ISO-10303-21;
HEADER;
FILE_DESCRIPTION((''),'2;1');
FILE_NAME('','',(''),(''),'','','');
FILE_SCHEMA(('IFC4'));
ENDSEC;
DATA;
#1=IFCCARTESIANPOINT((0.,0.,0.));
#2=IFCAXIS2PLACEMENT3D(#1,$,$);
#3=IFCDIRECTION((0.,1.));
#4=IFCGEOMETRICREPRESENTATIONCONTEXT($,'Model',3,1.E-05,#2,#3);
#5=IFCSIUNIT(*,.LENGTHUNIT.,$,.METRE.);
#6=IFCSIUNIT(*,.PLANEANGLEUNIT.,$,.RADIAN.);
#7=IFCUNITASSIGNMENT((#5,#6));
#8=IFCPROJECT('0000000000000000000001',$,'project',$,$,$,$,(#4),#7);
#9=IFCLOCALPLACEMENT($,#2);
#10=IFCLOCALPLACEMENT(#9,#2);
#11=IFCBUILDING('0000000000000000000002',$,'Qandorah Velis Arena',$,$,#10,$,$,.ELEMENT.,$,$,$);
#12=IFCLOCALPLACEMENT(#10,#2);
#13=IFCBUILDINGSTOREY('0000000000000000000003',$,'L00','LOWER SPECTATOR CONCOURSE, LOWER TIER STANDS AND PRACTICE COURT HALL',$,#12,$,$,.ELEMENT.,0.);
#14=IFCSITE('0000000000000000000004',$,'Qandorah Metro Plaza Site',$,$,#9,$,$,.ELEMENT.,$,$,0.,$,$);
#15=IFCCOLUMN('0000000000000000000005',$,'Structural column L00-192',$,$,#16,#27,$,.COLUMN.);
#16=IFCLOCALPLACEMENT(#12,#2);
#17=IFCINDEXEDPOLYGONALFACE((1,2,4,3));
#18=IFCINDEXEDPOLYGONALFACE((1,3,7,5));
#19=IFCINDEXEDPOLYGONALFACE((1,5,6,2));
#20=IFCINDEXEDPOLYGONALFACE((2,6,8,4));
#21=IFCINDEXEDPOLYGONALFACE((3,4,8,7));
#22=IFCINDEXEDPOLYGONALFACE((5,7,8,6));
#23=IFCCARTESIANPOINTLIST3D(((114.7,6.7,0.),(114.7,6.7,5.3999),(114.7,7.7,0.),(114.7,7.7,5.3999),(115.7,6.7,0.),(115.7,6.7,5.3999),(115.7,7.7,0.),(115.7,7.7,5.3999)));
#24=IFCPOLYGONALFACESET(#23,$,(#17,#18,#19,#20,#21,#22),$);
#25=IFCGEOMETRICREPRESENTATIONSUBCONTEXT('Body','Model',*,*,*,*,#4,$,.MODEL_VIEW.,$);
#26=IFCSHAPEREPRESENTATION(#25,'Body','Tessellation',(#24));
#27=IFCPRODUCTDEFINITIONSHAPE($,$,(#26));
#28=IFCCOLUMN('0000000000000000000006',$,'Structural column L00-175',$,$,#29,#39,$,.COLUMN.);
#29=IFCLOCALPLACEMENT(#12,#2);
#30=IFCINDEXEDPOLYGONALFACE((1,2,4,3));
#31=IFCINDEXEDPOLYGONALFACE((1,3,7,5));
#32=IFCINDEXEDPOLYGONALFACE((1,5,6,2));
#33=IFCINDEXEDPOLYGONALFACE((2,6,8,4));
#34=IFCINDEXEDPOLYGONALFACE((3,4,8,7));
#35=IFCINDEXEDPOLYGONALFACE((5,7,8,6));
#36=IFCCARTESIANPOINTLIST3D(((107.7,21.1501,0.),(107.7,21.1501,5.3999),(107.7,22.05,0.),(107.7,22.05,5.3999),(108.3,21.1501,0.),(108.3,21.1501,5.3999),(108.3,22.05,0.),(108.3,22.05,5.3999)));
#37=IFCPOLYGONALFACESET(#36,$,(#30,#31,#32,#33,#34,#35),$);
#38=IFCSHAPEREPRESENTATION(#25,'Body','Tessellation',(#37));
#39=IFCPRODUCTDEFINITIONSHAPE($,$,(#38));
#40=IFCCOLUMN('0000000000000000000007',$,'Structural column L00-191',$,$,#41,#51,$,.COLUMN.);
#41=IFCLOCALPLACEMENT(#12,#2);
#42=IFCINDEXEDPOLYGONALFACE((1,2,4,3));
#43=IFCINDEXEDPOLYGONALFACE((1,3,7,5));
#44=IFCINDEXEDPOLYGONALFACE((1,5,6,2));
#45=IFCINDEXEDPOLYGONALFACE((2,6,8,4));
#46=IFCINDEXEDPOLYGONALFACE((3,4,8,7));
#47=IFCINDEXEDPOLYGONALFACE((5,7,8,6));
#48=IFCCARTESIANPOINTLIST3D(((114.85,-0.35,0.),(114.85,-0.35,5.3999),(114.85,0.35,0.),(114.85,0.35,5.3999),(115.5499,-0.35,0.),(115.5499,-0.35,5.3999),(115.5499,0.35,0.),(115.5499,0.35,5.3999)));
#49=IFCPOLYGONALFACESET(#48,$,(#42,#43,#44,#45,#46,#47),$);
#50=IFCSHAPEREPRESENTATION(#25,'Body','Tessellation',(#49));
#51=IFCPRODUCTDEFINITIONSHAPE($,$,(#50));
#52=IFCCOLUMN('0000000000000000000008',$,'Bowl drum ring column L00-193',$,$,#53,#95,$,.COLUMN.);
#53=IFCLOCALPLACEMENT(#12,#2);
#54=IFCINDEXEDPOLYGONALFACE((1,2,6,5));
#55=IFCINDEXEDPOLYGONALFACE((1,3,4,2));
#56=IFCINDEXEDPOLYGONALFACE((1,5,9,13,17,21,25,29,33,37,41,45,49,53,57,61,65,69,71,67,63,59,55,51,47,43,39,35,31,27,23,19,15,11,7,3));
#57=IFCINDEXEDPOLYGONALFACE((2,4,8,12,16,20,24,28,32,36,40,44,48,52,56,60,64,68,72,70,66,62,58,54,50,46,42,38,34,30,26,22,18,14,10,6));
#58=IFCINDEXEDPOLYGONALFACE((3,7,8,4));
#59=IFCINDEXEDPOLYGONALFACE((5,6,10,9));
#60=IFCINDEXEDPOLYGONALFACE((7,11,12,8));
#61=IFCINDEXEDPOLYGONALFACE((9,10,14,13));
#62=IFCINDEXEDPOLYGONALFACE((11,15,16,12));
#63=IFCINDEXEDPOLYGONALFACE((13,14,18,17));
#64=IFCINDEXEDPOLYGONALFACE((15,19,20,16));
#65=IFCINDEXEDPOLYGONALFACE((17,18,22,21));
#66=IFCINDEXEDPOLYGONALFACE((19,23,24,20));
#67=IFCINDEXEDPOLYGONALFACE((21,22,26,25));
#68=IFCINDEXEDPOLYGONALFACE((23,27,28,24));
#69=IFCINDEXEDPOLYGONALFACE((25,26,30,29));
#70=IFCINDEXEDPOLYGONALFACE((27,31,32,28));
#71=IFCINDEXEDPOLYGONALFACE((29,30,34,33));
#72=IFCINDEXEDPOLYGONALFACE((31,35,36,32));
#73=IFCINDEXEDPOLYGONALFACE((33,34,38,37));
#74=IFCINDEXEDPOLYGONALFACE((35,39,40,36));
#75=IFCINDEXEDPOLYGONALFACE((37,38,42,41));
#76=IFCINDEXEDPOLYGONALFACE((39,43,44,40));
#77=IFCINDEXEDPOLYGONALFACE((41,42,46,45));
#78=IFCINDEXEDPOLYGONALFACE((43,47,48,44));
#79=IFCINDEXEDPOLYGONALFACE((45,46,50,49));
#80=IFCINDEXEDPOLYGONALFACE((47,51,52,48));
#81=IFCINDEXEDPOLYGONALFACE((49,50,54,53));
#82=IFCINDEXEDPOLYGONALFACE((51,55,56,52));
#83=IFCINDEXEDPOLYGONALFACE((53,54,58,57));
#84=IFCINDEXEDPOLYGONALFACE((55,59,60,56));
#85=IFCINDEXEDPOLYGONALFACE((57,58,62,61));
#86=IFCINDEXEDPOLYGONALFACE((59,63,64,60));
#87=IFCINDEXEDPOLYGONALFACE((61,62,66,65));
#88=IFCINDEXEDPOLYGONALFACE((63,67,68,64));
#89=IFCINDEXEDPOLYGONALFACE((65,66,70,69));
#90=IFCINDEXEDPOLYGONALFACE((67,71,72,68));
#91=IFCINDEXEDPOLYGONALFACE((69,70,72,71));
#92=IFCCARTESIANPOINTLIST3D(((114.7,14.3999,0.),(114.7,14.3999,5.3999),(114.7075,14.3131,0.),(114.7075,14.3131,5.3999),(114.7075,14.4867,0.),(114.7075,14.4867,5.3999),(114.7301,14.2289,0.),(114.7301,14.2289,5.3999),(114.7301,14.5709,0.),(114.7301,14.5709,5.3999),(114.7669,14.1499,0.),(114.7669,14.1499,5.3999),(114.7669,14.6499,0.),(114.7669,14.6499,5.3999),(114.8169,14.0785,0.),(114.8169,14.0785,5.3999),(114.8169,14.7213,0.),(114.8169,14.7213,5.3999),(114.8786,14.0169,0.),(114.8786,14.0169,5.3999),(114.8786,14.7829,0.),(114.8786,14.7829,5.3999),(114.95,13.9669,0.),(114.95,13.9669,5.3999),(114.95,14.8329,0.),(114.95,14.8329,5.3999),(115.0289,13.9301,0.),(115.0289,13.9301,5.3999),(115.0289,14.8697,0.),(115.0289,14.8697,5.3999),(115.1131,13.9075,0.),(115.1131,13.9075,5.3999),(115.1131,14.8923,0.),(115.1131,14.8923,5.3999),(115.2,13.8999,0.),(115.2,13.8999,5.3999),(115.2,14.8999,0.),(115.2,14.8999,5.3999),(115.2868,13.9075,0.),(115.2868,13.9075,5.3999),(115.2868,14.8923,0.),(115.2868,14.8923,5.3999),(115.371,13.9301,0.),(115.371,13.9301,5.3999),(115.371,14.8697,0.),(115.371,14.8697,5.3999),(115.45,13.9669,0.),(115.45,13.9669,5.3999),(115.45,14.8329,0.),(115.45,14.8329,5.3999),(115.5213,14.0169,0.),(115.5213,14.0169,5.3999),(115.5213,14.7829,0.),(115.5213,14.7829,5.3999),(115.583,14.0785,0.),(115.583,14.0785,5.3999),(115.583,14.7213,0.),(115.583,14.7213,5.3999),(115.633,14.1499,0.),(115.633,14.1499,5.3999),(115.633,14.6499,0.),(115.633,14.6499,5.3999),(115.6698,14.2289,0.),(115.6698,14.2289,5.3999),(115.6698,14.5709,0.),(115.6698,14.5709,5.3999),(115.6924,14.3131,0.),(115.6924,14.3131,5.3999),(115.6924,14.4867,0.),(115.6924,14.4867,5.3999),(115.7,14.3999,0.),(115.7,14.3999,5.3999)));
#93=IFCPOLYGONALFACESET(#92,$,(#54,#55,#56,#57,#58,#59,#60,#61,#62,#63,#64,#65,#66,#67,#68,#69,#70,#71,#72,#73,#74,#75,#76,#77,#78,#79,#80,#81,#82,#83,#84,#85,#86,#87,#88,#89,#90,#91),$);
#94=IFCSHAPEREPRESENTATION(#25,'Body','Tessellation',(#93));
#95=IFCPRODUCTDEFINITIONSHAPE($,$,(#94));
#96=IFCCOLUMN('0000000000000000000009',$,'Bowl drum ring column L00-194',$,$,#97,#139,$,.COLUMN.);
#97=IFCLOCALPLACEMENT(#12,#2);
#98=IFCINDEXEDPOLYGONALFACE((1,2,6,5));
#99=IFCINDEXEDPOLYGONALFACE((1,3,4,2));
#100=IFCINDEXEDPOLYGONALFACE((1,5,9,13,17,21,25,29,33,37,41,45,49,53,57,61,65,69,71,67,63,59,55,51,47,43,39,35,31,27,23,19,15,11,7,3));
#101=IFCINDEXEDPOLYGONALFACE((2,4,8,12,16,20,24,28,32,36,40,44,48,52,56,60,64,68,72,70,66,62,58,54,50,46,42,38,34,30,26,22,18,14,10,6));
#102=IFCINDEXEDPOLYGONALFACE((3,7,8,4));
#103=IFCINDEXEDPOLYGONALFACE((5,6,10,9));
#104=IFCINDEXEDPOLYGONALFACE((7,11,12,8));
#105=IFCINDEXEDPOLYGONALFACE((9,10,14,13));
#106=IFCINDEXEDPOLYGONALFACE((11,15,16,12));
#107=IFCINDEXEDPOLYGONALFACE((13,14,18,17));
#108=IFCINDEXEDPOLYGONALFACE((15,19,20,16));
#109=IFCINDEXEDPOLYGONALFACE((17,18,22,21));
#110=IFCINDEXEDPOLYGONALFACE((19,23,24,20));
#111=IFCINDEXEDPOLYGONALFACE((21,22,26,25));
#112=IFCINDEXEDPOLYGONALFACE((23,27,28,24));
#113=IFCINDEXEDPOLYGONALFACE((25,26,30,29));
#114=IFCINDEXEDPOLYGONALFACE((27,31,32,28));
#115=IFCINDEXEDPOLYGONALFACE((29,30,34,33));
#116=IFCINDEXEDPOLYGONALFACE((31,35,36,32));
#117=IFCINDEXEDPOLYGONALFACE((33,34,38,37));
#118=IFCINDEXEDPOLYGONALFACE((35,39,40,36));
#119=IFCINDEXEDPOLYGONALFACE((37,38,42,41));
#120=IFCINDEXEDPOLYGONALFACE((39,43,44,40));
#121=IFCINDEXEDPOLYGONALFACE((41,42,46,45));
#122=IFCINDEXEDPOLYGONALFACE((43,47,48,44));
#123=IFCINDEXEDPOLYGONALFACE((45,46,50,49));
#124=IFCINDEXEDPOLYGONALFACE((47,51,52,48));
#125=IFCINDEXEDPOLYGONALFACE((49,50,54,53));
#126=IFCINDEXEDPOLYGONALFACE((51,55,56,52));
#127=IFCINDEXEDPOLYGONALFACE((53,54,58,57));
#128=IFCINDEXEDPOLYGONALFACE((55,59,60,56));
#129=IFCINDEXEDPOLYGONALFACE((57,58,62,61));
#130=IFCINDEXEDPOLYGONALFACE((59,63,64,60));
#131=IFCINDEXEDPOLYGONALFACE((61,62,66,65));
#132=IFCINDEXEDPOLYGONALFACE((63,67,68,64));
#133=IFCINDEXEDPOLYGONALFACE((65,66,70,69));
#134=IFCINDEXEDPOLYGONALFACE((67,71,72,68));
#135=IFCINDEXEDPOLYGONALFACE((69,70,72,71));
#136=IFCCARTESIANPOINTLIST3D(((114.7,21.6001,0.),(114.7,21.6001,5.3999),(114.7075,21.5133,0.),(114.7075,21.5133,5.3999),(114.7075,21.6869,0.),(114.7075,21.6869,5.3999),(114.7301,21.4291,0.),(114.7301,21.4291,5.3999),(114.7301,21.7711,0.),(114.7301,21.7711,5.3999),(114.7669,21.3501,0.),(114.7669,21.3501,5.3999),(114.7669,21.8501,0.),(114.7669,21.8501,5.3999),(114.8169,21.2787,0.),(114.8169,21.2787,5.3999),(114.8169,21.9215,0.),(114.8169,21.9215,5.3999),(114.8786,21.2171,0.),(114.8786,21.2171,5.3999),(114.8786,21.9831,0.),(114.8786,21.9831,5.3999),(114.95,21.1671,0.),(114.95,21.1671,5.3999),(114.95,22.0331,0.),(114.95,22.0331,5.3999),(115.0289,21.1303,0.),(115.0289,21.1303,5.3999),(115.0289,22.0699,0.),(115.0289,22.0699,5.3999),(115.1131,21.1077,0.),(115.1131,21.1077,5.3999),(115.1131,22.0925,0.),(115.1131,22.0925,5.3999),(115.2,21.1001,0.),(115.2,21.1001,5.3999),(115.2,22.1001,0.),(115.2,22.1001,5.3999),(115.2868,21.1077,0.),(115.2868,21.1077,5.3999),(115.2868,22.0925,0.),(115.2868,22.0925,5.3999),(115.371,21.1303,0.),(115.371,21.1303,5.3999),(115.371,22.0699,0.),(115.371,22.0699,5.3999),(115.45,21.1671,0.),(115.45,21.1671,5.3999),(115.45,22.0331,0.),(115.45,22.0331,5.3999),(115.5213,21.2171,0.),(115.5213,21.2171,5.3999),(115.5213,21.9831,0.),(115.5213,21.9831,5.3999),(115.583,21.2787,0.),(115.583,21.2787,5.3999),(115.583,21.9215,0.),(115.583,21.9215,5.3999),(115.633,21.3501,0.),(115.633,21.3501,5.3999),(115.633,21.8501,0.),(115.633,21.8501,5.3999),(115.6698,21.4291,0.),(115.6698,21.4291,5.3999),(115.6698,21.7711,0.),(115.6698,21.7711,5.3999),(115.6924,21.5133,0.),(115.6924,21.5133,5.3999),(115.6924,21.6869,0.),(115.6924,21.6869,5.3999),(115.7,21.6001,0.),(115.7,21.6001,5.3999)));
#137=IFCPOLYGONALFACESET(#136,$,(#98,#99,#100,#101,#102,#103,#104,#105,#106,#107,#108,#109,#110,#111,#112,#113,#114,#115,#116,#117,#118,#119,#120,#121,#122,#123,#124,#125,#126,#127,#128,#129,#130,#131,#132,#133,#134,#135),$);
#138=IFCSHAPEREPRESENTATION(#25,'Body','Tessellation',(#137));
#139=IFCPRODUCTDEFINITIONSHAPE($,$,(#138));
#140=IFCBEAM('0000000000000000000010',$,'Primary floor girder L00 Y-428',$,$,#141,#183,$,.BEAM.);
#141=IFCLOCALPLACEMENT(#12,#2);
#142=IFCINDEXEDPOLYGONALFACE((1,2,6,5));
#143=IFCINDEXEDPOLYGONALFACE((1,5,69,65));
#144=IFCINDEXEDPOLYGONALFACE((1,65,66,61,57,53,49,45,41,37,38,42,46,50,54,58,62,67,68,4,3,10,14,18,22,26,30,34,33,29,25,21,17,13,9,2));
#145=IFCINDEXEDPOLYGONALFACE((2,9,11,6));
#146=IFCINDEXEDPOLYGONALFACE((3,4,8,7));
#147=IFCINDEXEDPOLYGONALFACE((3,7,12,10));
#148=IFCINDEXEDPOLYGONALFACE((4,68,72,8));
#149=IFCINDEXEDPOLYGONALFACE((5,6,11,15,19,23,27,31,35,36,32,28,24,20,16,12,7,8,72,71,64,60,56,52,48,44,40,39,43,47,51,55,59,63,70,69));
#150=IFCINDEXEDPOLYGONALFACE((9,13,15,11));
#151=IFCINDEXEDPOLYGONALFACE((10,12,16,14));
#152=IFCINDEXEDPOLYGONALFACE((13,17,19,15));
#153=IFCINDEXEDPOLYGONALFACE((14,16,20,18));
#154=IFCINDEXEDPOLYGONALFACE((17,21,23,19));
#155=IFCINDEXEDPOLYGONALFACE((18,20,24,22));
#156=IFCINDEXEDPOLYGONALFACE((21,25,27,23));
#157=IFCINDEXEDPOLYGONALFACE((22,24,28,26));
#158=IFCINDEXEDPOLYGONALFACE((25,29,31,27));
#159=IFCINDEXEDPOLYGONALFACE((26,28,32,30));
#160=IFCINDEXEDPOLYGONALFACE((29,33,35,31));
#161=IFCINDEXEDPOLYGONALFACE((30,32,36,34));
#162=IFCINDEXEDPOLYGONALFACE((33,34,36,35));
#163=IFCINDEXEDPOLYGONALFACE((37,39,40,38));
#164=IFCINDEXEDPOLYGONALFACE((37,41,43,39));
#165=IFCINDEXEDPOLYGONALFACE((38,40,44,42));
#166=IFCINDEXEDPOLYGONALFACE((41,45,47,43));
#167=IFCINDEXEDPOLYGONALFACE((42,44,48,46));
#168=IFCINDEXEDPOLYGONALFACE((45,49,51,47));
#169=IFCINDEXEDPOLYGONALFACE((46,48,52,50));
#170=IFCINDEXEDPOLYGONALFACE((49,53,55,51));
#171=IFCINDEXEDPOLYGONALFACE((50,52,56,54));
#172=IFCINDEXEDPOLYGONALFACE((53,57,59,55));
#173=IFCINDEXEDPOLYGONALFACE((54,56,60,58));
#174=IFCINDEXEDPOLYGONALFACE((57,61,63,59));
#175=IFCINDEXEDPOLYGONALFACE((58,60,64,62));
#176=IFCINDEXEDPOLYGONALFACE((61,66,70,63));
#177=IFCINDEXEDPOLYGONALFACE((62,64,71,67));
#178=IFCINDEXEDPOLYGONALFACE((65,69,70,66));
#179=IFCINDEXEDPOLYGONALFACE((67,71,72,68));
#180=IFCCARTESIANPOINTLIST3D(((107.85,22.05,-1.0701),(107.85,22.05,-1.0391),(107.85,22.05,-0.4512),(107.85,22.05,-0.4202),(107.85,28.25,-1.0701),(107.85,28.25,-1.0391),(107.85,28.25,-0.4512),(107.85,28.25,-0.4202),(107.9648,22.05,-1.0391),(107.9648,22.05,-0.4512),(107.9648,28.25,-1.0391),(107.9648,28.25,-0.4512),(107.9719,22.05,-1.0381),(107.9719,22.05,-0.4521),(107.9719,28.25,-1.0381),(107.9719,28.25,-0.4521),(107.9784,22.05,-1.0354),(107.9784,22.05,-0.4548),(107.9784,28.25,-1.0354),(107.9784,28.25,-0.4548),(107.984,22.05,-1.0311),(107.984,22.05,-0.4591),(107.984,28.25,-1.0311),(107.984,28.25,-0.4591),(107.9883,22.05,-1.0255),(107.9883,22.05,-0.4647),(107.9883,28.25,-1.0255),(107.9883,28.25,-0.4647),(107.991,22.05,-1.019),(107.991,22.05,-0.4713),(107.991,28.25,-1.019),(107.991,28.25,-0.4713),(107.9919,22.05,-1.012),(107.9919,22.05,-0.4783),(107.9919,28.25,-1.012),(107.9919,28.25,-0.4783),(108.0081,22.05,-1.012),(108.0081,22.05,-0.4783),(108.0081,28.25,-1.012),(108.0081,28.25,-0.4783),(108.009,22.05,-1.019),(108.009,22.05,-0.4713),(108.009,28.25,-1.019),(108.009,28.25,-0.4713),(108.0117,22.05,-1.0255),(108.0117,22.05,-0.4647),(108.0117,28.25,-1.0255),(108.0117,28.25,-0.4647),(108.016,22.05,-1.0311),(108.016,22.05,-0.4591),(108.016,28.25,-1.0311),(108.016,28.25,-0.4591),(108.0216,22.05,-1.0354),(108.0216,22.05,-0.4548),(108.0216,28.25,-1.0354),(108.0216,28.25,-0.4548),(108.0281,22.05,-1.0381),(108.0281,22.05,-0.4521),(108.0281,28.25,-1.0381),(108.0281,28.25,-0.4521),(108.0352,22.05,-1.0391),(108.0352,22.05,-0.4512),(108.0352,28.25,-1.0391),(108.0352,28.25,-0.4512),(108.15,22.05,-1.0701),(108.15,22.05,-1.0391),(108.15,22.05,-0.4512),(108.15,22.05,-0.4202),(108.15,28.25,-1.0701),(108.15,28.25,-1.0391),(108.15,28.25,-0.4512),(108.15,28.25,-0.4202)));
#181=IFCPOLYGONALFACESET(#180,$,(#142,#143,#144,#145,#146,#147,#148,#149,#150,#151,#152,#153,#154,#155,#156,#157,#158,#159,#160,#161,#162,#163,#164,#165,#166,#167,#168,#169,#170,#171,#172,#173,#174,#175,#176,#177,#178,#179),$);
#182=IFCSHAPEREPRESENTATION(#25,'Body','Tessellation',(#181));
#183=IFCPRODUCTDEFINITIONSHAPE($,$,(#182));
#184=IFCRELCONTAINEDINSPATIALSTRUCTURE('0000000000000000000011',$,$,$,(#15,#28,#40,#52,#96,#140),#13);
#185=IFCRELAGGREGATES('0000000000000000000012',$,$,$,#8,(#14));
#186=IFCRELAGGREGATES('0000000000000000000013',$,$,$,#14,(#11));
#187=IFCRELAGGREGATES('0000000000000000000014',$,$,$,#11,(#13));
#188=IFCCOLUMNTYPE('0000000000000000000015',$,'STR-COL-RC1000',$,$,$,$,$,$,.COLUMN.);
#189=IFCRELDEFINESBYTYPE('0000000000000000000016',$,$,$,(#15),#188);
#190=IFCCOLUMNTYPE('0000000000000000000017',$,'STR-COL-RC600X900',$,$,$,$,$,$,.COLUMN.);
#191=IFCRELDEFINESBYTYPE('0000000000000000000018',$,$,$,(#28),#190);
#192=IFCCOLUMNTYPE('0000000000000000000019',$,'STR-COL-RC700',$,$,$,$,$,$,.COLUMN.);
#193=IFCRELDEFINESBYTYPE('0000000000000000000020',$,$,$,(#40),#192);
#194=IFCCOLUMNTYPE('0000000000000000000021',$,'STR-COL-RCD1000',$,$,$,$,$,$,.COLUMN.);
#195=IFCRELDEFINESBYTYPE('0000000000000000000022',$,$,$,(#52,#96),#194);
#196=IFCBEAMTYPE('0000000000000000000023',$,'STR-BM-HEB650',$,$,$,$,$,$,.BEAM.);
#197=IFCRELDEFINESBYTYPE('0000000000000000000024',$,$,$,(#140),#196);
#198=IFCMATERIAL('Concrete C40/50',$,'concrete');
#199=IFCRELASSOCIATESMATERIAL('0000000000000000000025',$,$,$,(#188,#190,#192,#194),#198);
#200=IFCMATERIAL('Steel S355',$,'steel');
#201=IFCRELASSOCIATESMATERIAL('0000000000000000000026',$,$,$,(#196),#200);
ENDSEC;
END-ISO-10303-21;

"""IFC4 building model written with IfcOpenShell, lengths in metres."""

from ifc_helpers import new_model, si_unit, direction, frame, origin, origin_2d, place, context, subcontext, project, spatial, rectangle, circle, i_section, extrude, material, material_profile, profile_set, type_object, element, save


model = new_model("IFC4")

# Units and contexts
model_context = context("Model", 3, precision=1e-05, world=origin(), true_north=direction((0.0, 1.0)))
body_context = subcontext(model_context, "Body", "Model", "MODEL_VIEW")
ifc_project = project(units=[si_unit("LENGTHUNIT", "METRE"), si_unit("PLANEANGLEUNIT", "RADIAN")], contexts=[model_context])

# Site, building, storey
site_placement = place(None, origin())
site = spatial("IfcSite", under=ifc_project, at=site_placement, Name="Qandorah Metro Plaza Site", CompositionType="ELEMENT", RefElevation=0.0)
building_placement = place(site_placement, origin())
building = spatial("IfcBuilding", under=site, at=building_placement, Name="Qandorah Velis Arena", CompositionType="ELEMENT")
storey_placement = place(building_placement, origin())
storey = spatial("IfcBuildingStorey", under=building, at=storey_placement, Name="L00", Description="LOWER SPECTATOR CONCOURSE, LOWER TIER STANDS AND PRACTICE COURT HALL", CompositionType="ELEMENT", Elevation=0.0)

# Columns
ifc_material_1 = material(Name="Concrete C40/50", Category="concrete")
ifc_material_profile_1 = material_profile(ifc_material_1, rectangle(XDim=1.0, YDim=1.0, at=origin_2d()), Name="RC COL 1000x1000")
ifc_profile_set_1 = profile_set([ifc_material_profile_1], Name="Concrete C40/50")
column_type_1 = type_object("IfcColumnType", Name="STR-COL-RC1000", PredefinedType="COLUMN", material=ifc_profile_set_1)
column_1_placement = place(storey_placement, frame((115.2, 7.2, 0.0), z_axis=(0.0, 0.0, 1.0), x_axis=(1.0, 0.0, 0.0)))
element("IfcColumn", 1, at=column_1_placement, inside=storey, type_object=column_type_1, Name="Structural column L00-192", PredefinedType="COLUMN", context=body_context, shape_type="SweptSolid", body=[
    extrude(rectangle(XDim=1.0, YDim=1.0, at=origin_2d()), origin(), (0.0, 0.0, 1.0), 5.3999),
])
ifc_material_profile_2 = material_profile(ifc_material_1, rectangle(XDim=0.6001, YDim=0.8999, at=origin_2d()), Name="RC COL 600x900")
ifc_profile_set_2 = profile_set([ifc_material_profile_2], Name="Concrete C40/50")
column_type_2 = type_object("IfcColumnType", Name="STR-COL-RC600X900", PredefinedType="COLUMN", material=ifc_profile_set_2)
column_2_placement = place(storey_placement, frame((108.0, 21.6001, 0.0), z_axis=(0.0, 0.0, 1.0), x_axis=(1.0, 0.0, 0.0)))
element("IfcColumn", 2, at=column_2_placement, inside=storey, type_object=column_type_2, Name="Structural column L00-175", PredefinedType="COLUMN", context=body_context, shape_type="SweptSolid", body=[
    extrude(rectangle(XDim=0.6001, YDim=0.8999, at=origin_2d()), origin(), (0.0, 0.0, 1.0), 5.3999),
])
ifc_material_profile_3 = material_profile(ifc_material_1, rectangle(XDim=0.7, YDim=0.7, at=origin_2d()), Name="RC COL 700x700")
ifc_profile_set_3 = profile_set([ifc_material_profile_3], Name="Concrete C40/50")
column_type_3 = type_object("IfcColumnType", Name="STR-COL-RC700", PredefinedType="COLUMN", material=ifc_profile_set_3)
column_3_placement = place(storey_placement, frame((115.2, 0.0, 0.0), z_axis=(0.0, 0.0, 1.0), x_axis=(1.0, 0.0, 0.0)))
element("IfcColumn", 3, at=column_3_placement, inside=storey, type_object=column_type_3, Name="Structural column L00-191", PredefinedType="COLUMN", context=body_context, shape_type="SweptSolid", body=[
    extrude(rectangle(XDim=0.7, YDim=0.7, at=origin_2d()), origin(), (0.0, 0.0, 1.0), 5.3999),
])
ifc_material_profile_4 = material_profile(ifc_material_1, circle(Radius=0.5, at=origin_2d()), Name="RC D1000")
ifc_profile_set_4 = profile_set([ifc_material_profile_4], Name="Concrete C40/50")
column_type_4 = type_object("IfcColumnType", Name="STR-COL-RCD1000", PredefinedType="COLUMN", material=ifc_profile_set_4)
for number, where, z_axis, x_axis, name in (
    (4, (115.2, 14.3999, 0.0), (0.0, 0.0, 1.0), (1.0, 0.0, 0.0), "Bowl drum ring column L00-193"),
    (5, (115.2, 21.6001, 0.0), (0.0, 0.0, 1.0), (1.0, 0.0, 0.0), "Bowl drum ring column L00-194"),
):
    element("IfcColumn", number, at=place(storey_placement, frame(where, z_axis=z_axis, x_axis=x_axis)), inside=storey, type_object=column_type_4, Name=name, PredefinedType="COLUMN", context=body_context, shape_type="SweptSolid", body=[
        extrude(circle(Radius=0.5, at=origin_2d()), origin(), (0.0, 0.0, 1.0), 5.3999),
    ])

# Beam
ifc_material_2 = material(Name="Steel S355", Category="steel")
ifc_material_profile_5 = material_profile(ifc_material_2, i_section(OverallWidth=0.3, OverallDepth=0.6499, WebThickness=0.0161, FlangeThickness=0.031, FilletRadius=0.0271, at=origin_2d()), Name="HEB 650")
ifc_profile_set_5 = profile_set([ifc_material_profile_5], Name="Steel S355")
beam_type_1 = type_object("IfcBeamType", Name="STR-BM-HEB650", PredefinedType="BEAM", material=ifc_profile_set_5)
beam_1_placement = place(storey_placement, frame((108.0, 22.05, -0.7451), z_axis=(0.0, 1.0, 0.0), x_axis=(-1.0, 0.0, 0.0)))
element("IfcBeam", 6, at=beam_1_placement, inside=storey, type_object=beam_type_1, Name="Primary floor girder L00 Y-428", PredefinedType="BEAM", context=body_context, shape_type="SweptSolid", body=[
    extrude(i_section(OverallWidth=0.3, OverallDepth=0.6499, WebThickness=0.0161, FlangeThickness=0.031, FilletRadius=0.0271, at=origin_2d()), origin(), (0.0, 0.0, 1.0), 6.2),
])

save(model, "model.ifc")
